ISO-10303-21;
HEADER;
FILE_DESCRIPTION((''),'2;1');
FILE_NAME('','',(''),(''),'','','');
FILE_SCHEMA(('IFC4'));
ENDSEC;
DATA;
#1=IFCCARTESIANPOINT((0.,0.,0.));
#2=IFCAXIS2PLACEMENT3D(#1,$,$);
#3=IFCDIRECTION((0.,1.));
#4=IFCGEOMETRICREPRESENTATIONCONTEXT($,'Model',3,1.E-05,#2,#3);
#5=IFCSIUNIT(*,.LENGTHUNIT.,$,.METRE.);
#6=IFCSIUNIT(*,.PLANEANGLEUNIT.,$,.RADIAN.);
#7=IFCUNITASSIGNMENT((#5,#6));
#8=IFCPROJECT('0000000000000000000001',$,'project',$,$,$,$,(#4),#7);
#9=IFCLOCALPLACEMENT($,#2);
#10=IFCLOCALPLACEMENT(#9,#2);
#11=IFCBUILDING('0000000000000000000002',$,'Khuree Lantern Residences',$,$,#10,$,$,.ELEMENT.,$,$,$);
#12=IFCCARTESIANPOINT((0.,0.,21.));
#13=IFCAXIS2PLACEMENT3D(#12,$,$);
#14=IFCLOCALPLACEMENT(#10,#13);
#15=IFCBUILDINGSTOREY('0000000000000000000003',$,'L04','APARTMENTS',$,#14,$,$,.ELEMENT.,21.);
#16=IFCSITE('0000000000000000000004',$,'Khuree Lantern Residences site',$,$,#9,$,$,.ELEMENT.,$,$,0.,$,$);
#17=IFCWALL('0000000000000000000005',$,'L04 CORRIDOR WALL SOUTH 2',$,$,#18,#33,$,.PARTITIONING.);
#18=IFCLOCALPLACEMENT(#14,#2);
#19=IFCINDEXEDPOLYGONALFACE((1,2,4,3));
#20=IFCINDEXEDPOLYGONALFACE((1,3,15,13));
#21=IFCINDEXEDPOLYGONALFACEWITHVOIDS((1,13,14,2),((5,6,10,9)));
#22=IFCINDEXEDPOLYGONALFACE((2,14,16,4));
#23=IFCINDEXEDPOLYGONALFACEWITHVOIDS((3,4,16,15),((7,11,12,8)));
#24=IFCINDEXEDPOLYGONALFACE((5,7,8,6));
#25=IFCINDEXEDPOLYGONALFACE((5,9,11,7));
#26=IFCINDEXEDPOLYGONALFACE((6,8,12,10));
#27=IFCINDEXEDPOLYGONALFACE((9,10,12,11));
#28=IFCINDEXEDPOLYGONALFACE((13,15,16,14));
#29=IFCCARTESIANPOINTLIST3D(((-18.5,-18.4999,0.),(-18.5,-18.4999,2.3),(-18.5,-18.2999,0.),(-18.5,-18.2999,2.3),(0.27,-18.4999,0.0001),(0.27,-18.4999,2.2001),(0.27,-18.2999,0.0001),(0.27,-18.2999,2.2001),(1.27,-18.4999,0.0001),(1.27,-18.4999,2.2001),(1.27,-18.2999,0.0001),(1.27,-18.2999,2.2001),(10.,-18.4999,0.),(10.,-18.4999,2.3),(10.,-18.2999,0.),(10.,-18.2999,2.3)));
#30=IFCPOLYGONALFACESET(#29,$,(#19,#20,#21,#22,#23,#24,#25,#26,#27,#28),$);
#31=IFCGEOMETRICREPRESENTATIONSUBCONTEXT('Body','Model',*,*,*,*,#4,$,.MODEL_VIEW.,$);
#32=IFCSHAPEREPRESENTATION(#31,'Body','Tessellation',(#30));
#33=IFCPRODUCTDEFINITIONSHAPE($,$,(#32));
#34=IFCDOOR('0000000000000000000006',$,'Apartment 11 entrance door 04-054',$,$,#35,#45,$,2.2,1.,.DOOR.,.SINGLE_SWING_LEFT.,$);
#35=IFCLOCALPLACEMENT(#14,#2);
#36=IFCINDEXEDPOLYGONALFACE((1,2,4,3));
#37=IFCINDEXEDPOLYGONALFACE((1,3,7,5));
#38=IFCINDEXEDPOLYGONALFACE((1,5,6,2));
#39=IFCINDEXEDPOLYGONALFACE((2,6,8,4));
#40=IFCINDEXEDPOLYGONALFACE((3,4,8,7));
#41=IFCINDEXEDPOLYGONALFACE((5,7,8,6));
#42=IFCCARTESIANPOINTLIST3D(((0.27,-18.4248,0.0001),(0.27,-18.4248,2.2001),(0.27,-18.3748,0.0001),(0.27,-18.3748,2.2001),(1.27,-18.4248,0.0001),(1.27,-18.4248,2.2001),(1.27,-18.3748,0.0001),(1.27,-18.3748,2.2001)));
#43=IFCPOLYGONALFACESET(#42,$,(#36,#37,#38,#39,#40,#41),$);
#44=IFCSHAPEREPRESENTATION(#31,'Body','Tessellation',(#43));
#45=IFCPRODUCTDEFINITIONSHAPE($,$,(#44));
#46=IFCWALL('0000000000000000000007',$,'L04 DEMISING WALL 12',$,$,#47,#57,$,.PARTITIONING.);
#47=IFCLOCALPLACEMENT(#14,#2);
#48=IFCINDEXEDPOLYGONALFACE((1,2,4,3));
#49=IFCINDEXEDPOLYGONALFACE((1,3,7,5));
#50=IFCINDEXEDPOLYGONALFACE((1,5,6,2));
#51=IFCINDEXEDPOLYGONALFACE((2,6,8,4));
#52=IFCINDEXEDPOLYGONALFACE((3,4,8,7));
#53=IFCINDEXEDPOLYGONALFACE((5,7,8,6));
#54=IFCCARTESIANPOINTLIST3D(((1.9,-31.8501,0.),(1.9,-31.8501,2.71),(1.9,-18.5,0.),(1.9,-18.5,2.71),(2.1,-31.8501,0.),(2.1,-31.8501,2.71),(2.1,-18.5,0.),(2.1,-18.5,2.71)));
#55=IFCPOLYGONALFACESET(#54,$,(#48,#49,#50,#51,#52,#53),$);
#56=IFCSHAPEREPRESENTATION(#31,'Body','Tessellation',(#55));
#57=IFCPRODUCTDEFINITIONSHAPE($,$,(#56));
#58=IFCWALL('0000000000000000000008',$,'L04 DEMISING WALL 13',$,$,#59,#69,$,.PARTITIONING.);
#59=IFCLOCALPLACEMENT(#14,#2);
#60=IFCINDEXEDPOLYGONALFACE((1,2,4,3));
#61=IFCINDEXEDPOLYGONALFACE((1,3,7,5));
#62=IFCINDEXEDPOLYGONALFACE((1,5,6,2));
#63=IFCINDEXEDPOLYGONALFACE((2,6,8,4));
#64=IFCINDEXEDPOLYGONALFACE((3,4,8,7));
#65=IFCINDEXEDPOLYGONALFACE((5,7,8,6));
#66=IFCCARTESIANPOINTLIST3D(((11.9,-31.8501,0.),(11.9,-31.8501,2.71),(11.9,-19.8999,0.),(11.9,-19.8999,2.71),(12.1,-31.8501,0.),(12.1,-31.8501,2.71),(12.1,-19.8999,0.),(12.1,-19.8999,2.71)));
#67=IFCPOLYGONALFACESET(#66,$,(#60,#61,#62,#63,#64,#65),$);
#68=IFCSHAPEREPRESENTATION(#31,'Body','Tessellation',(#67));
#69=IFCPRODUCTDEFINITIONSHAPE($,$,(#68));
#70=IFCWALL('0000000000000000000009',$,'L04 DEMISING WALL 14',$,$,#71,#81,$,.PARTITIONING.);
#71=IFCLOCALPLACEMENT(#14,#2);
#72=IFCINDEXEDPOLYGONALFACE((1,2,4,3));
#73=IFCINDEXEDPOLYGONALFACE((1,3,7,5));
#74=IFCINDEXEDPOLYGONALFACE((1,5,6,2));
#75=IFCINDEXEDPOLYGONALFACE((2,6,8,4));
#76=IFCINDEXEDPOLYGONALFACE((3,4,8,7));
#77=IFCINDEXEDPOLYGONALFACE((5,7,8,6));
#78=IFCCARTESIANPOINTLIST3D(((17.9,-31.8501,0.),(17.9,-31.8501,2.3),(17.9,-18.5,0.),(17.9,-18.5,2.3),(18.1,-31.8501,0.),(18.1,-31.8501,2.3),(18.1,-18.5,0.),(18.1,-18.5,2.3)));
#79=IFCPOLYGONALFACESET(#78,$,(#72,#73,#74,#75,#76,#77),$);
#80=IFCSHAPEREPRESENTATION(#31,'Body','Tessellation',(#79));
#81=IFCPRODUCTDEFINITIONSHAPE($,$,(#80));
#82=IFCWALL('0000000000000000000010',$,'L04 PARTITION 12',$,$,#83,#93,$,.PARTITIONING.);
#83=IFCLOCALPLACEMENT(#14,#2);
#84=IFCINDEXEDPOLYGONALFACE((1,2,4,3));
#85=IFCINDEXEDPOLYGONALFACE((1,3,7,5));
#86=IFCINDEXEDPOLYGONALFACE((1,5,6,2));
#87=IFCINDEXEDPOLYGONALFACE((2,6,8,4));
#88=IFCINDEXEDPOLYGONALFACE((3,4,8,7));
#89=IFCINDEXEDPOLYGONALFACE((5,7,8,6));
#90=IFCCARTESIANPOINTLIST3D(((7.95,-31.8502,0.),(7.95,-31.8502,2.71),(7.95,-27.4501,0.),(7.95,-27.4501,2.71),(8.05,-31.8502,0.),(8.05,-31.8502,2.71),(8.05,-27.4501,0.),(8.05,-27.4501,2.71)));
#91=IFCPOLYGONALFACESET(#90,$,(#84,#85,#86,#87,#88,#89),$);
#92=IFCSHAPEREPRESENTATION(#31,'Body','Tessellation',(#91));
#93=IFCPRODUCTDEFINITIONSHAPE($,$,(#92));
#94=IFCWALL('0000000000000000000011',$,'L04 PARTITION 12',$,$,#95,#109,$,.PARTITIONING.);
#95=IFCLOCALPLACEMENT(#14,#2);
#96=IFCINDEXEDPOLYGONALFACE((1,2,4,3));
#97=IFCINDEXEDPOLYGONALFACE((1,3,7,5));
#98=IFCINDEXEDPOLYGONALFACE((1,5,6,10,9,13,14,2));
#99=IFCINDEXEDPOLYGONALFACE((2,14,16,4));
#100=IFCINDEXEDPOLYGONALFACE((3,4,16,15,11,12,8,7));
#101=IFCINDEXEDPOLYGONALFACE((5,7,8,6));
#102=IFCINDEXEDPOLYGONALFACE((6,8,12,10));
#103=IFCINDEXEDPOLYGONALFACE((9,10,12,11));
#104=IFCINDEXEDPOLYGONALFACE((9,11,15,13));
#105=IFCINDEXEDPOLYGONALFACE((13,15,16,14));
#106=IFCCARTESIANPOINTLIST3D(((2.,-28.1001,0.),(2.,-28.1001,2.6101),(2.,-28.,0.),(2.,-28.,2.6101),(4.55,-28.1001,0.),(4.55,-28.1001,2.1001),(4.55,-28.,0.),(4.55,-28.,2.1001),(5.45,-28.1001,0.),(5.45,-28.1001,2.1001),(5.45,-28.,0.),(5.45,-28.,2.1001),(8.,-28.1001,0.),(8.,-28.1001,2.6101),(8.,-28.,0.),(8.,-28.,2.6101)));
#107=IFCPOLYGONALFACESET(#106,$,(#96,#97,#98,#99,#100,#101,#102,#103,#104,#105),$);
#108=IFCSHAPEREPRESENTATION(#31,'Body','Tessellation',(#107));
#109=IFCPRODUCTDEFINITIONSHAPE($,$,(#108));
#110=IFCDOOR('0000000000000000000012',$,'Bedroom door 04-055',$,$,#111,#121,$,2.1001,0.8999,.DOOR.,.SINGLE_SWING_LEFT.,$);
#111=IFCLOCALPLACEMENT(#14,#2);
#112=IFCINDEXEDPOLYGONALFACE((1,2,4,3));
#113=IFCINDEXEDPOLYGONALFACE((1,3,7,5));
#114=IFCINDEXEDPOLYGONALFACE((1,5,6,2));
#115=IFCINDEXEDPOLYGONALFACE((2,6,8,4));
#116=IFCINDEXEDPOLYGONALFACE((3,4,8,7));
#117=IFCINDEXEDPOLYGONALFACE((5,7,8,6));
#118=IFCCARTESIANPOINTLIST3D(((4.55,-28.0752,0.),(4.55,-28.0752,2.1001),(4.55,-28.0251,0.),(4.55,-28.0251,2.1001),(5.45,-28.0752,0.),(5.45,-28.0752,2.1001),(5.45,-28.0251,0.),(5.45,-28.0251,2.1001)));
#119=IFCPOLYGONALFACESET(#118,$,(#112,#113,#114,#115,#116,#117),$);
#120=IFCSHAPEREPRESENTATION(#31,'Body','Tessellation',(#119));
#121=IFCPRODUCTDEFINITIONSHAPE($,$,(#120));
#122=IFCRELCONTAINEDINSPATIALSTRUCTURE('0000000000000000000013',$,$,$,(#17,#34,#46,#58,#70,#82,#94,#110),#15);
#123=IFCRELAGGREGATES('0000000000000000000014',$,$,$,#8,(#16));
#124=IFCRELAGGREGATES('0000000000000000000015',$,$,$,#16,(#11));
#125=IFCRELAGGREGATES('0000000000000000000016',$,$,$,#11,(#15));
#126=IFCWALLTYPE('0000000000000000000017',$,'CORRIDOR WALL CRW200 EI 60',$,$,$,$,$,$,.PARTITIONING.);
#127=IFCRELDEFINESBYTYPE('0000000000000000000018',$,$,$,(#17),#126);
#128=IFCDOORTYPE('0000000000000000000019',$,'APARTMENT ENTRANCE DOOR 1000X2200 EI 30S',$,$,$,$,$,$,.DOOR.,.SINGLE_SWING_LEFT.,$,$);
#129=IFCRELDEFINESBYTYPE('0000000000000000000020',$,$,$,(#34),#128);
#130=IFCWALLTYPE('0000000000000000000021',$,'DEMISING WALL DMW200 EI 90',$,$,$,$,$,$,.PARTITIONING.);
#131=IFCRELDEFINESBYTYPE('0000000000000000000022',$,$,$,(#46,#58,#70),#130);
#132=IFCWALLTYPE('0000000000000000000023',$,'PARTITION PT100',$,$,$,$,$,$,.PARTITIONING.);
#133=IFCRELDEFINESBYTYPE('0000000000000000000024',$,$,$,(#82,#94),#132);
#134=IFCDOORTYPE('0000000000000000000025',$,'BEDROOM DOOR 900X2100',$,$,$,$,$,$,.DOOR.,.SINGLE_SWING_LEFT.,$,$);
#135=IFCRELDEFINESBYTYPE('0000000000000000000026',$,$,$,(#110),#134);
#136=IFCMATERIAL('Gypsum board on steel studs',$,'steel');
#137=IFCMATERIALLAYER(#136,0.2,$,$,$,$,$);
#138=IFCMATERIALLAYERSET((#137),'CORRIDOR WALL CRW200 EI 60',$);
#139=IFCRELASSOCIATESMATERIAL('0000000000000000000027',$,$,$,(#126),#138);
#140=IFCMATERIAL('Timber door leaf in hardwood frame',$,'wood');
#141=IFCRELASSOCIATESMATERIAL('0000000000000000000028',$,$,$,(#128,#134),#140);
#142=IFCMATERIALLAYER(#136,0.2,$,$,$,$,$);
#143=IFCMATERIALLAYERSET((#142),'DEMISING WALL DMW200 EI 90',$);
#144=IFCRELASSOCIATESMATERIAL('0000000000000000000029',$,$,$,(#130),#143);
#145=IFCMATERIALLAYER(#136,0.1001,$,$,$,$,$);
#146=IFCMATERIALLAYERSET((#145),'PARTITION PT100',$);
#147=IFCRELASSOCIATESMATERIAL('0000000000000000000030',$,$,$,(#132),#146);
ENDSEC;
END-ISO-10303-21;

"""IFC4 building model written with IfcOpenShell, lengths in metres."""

from ifc_helpers import new_model, si_unit, direction, frame, frame_2d, origin, place, context, subcontext, project, spatial, rectangle, extrude, material, layer, layer_set, type_object, element, fill, save


model = new_model("IFC4")

# Units and contexts
model_context = context("Model", 3, precision=1e-05, world=origin(), true_north=direction((0.0, 1.0)))
body_context = subcontext(model_context, "Body", "Model", "MODEL_VIEW")
ifc_project = project(units=[si_unit("LENGTHUNIT", "METRE"), si_unit("PLANEANGLEUNIT", "RADIAN")], contexts=[model_context])

# Site, building, storey
site_placement = place(None, origin())
site = spatial("IfcSite", under=ifc_project, at=site_placement, Name="Khuree Lantern Residences site", CompositionType="ELEMENT", RefElevation=0.0)
building_placement = place(site_placement, origin())
building = spatial("IfcBuilding", under=site, at=building_placement, Name="Khuree Lantern Residences", CompositionType="ELEMENT")
storey_placement = place(building_placement, frame((0.0, 0.0, 21.0)))
storey = spatial("IfcBuildingStorey", under=building, at=storey_placement, Name="L04", Description="APARTMENTS", CompositionType="ELEMENT", Elevation=21.0)

# Shared definitions
ifc_material_1 = material(Name="Timber door leaf in hardwood frame", Category="wood")

# Shared definitions
ifc_material_2 = material(Name="Gypsum board on steel studs", Category="steel")
ifc_layer_1 = layer(ifc_material_2, 0.2)
ifc_layer_set_1 = layer_set([ifc_layer_1], Name="CORRIDOR WALL CRW200 EI 60")
wall_type_1 = type_object("IfcWallType", Name="CORRIDOR WALL CRW200 EI 60", PredefinedType="PARTITIONING", material=ifc_layer_set_1)

# Shared definitions
door_type_1 = type_object("IfcDoorType", Name="APARTMENT ENTRANCE DOOR 1000X2200 EI 30S", OperationType="SINGLE_SWING_LEFT", PredefinedType="DOOR", material=ifc_material_1)

# Wall, opening, door
wall_1_placement = place(storey_placement, frame((10.0, -18.3999, 0.0), z_axis=(0.0, 0.0, 1.0), x_axis=(-1.0, 0.0, 0.0)))
wall_1 = element("IfcWall", 1, at=wall_1_placement, inside=storey, type_object=wall_type_1, Name="L04 CORRIDOR WALL SOUTH 2", PredefinedType="PARTITIONING", context=body_context, shape_type="SweptSolid", body=[
    extrude(rectangle(XDim=28.5, YDim=0.2, at=frame_2d((14.25, 0.0))), origin(), (0.0, 0.0, 1.0), 2.3),
])
opening_1_placement = place(wall_1_placement, frame((8.73, 0.0, 0.0)))
opening_1 = element("IfcOpeningElement", 2, at=opening_1_placement, cuts=wall_1, PredefinedType="OPENING", context=body_context, shape_type="SweptSolid", body=[
    extrude(rectangle(XDim=1.0, YDim=2.2, at=frame_2d((0.5, 1.1001))), frame((0.0, 0.1099, 0.0), z_axis=(0.0, -1.0, 0.0), x_axis=(1.0, 0.0, 0.0)), (0.0, 0.0, 1.0), 0.22),
])
door_1_placement = place(opening_1_placement, origin())
door_1 = element("IfcDoor", 3, at=door_1_placement, inside=storey, type_object=door_type_1, Name="Apartment 11 entrance door 04-054", OperationType="SINGLE_SWING_LEFT", OverallHeight=2.2, OverallWidth=1.0, PredefinedType="DOOR", context=body_context, shape_type="SweptSolid", body=[
    extrude(rectangle(XDim=1.0, YDim=2.2, at=frame_2d((0.5, 1.1001))), frame((0.0, 0.0249, 0.0), z_axis=(0.0, -1.0, 0.0), x_axis=(1.0, 0.0, 0.0)), (0.0, 0.0, 1.0), 0.05),
])
fill(opening_1, door_1)

# Walls
ifc_layer_2 = layer(ifc_material_2, 0.2)
ifc_layer_set_2 = layer_set([ifc_layer_2], Name="DEMISING WALL DMW200 EI 90")
wall_type_2 = type_object("IfcWallType", Name="DEMISING WALL DMW200 EI 90", PredefinedType="PARTITIONING", material=ifc_layer_set_2)
wall_2_placement = place(storey_placement, frame((2.0, -18.5, 0.0), z_axis=(0.0, 0.0, 1.0), x_axis=(0.0, -1.0, 0.0)))
element("IfcWall", 4, at=wall_2_placement, inside=storey, type_object=wall_type_2, Name="L04 DEMISING WALL 12", PredefinedType="PARTITIONING", context=body_context, shape_type="SweptSolid", body=[
    extrude(rectangle(XDim=13.3501, YDim=0.2, at=frame_2d((6.675, 0.0))), origin(), (0.0, 0.0, 1.0), 2.71),
])
wall_3_placement = place(storey_placement, frame((12.0, -19.8999, 0.0), z_axis=(0.0, 0.0, 1.0), x_axis=(0.0, -1.0, 0.0)))
element("IfcWall", 5, at=wall_3_placement, inside=storey, type_object=wall_type_2, Name="L04 DEMISING WALL 13", PredefinedType="PARTITIONING", context=body_context, shape_type="SweptSolid", body=[
    extrude(rectangle(XDim=11.9502, YDim=0.2, at=frame_2d((5.9751, 0.0))), origin(), (0.0, 0.0, 1.0), 2.71),
])
wall_4_placement = place(storey_placement, frame((18.0, -18.5, 0.0), z_axis=(0.0, 0.0, 1.0), x_axis=(0.0, -1.0, 0.0)))
element("IfcWall", 6, at=wall_4_placement, inside=storey, type_object=wall_type_2, Name="L04 DEMISING WALL 14", PredefinedType="PARTITIONING", context=body_context, shape_type="SweptSolid", body=[
    extrude(rectangle(XDim=13.3501, YDim=0.2, at=frame_2d((6.675, 0.0))), origin(), (0.0, 0.0, 1.0), 2.3),
])
ifc_layer_3 = layer(ifc_material_2, 0.1001)
ifc_layer_set_3 = layer_set([ifc_layer_3], Name="PARTITION PT100")
wall_type_3 = type_object("IfcWallType", Name="PARTITION PT100", PredefinedType="PARTITIONING", material=ifc_layer_set_3)
wall_5_placement = place(storey_placement, frame((8.0, -27.45, 0.0), z_axis=(0.0, 0.0, 1.0), x_axis=(0.0, -1.0, 0.0)))
element("IfcWall", 7, at=wall_5_placement, inside=storey, type_object=wall_type_3, Name="L04 PARTITION 12", PredefinedType="PARTITIONING", context=body_context, shape_type="SweptSolid", body=[
    extrude(rectangle(XDim=4.4001, YDim=0.1001, at=frame_2d((2.2002, 0.0))), origin(), (0.0, 0.0, 1.0), 2.71),
])

# Wall, opening, door
wall_6_placement = place(storey_placement, frame((2.0, -28.05, 0.0), z_axis=(0.0, 0.0, 1.0), x_axis=(1.0, 0.0, 0.0)))
wall_6 = element("IfcWall", 8, at=wall_6_placement, inside=storey, type_object=wall_type_3, Name="L04 PARTITION 12", PredefinedType="PARTITIONING", context=body_context, shape_type="SweptSolid", body=[
    extrude(rectangle(XDim=6.0, YDim=0.1001, at=frame_2d((3.0, 0.0))), origin(), (0.0, 0.0, 1.0), 2.6101),
])
opening_2_placement = place(wall_6_placement, frame((2.55, 0.0, 0.0)))
opening_2 = element("IfcOpeningElement", 9, at=opening_2_placement, cuts=wall_6, PredefinedType="OPENING", context=body_context, shape_type="SweptSolid", body=[
    extrude(rectangle(XDim=0.8999, YDim=2.1001, at=frame_2d((0.45, 1.05))), frame((0.0, 0.0601, 0.0), z_axis=(0.0, -1.0, 0.0), x_axis=(1.0, 0.0, 0.0)), (0.0, 0.0, 1.0), 0.1201),
])
door_type_2 = type_object("IfcDoorType", Name="BEDROOM DOOR 900X2100", OperationType="SINGLE_SWING_LEFT", PredefinedType="DOOR", material=ifc_material_1)
door_2_placement = place(opening_2_placement, origin())
door_2 = element("IfcDoor", 10, at=door_2_placement, inside=storey, type_object=door_type_2, Name="Bedroom door 04-055", OperationType="SINGLE_SWING_LEFT", OverallHeight=2.1001, OverallWidth=0.8999, PredefinedType="DOOR", context=body_context, shape_type="SweptSolid", body=[
    extrude(rectangle(XDim=0.8999, YDim=2.1001, at=frame_2d((0.45, 1.05))), frame((0.0, 0.0249, 0.0), z_axis=(0.0, -1.0, 0.0), x_axis=(1.0, 0.0, 0.0)), (0.0, 0.0, 1.0), 0.05),
])
fill(opening_2, door_2)

save(model, "model.ifc")
